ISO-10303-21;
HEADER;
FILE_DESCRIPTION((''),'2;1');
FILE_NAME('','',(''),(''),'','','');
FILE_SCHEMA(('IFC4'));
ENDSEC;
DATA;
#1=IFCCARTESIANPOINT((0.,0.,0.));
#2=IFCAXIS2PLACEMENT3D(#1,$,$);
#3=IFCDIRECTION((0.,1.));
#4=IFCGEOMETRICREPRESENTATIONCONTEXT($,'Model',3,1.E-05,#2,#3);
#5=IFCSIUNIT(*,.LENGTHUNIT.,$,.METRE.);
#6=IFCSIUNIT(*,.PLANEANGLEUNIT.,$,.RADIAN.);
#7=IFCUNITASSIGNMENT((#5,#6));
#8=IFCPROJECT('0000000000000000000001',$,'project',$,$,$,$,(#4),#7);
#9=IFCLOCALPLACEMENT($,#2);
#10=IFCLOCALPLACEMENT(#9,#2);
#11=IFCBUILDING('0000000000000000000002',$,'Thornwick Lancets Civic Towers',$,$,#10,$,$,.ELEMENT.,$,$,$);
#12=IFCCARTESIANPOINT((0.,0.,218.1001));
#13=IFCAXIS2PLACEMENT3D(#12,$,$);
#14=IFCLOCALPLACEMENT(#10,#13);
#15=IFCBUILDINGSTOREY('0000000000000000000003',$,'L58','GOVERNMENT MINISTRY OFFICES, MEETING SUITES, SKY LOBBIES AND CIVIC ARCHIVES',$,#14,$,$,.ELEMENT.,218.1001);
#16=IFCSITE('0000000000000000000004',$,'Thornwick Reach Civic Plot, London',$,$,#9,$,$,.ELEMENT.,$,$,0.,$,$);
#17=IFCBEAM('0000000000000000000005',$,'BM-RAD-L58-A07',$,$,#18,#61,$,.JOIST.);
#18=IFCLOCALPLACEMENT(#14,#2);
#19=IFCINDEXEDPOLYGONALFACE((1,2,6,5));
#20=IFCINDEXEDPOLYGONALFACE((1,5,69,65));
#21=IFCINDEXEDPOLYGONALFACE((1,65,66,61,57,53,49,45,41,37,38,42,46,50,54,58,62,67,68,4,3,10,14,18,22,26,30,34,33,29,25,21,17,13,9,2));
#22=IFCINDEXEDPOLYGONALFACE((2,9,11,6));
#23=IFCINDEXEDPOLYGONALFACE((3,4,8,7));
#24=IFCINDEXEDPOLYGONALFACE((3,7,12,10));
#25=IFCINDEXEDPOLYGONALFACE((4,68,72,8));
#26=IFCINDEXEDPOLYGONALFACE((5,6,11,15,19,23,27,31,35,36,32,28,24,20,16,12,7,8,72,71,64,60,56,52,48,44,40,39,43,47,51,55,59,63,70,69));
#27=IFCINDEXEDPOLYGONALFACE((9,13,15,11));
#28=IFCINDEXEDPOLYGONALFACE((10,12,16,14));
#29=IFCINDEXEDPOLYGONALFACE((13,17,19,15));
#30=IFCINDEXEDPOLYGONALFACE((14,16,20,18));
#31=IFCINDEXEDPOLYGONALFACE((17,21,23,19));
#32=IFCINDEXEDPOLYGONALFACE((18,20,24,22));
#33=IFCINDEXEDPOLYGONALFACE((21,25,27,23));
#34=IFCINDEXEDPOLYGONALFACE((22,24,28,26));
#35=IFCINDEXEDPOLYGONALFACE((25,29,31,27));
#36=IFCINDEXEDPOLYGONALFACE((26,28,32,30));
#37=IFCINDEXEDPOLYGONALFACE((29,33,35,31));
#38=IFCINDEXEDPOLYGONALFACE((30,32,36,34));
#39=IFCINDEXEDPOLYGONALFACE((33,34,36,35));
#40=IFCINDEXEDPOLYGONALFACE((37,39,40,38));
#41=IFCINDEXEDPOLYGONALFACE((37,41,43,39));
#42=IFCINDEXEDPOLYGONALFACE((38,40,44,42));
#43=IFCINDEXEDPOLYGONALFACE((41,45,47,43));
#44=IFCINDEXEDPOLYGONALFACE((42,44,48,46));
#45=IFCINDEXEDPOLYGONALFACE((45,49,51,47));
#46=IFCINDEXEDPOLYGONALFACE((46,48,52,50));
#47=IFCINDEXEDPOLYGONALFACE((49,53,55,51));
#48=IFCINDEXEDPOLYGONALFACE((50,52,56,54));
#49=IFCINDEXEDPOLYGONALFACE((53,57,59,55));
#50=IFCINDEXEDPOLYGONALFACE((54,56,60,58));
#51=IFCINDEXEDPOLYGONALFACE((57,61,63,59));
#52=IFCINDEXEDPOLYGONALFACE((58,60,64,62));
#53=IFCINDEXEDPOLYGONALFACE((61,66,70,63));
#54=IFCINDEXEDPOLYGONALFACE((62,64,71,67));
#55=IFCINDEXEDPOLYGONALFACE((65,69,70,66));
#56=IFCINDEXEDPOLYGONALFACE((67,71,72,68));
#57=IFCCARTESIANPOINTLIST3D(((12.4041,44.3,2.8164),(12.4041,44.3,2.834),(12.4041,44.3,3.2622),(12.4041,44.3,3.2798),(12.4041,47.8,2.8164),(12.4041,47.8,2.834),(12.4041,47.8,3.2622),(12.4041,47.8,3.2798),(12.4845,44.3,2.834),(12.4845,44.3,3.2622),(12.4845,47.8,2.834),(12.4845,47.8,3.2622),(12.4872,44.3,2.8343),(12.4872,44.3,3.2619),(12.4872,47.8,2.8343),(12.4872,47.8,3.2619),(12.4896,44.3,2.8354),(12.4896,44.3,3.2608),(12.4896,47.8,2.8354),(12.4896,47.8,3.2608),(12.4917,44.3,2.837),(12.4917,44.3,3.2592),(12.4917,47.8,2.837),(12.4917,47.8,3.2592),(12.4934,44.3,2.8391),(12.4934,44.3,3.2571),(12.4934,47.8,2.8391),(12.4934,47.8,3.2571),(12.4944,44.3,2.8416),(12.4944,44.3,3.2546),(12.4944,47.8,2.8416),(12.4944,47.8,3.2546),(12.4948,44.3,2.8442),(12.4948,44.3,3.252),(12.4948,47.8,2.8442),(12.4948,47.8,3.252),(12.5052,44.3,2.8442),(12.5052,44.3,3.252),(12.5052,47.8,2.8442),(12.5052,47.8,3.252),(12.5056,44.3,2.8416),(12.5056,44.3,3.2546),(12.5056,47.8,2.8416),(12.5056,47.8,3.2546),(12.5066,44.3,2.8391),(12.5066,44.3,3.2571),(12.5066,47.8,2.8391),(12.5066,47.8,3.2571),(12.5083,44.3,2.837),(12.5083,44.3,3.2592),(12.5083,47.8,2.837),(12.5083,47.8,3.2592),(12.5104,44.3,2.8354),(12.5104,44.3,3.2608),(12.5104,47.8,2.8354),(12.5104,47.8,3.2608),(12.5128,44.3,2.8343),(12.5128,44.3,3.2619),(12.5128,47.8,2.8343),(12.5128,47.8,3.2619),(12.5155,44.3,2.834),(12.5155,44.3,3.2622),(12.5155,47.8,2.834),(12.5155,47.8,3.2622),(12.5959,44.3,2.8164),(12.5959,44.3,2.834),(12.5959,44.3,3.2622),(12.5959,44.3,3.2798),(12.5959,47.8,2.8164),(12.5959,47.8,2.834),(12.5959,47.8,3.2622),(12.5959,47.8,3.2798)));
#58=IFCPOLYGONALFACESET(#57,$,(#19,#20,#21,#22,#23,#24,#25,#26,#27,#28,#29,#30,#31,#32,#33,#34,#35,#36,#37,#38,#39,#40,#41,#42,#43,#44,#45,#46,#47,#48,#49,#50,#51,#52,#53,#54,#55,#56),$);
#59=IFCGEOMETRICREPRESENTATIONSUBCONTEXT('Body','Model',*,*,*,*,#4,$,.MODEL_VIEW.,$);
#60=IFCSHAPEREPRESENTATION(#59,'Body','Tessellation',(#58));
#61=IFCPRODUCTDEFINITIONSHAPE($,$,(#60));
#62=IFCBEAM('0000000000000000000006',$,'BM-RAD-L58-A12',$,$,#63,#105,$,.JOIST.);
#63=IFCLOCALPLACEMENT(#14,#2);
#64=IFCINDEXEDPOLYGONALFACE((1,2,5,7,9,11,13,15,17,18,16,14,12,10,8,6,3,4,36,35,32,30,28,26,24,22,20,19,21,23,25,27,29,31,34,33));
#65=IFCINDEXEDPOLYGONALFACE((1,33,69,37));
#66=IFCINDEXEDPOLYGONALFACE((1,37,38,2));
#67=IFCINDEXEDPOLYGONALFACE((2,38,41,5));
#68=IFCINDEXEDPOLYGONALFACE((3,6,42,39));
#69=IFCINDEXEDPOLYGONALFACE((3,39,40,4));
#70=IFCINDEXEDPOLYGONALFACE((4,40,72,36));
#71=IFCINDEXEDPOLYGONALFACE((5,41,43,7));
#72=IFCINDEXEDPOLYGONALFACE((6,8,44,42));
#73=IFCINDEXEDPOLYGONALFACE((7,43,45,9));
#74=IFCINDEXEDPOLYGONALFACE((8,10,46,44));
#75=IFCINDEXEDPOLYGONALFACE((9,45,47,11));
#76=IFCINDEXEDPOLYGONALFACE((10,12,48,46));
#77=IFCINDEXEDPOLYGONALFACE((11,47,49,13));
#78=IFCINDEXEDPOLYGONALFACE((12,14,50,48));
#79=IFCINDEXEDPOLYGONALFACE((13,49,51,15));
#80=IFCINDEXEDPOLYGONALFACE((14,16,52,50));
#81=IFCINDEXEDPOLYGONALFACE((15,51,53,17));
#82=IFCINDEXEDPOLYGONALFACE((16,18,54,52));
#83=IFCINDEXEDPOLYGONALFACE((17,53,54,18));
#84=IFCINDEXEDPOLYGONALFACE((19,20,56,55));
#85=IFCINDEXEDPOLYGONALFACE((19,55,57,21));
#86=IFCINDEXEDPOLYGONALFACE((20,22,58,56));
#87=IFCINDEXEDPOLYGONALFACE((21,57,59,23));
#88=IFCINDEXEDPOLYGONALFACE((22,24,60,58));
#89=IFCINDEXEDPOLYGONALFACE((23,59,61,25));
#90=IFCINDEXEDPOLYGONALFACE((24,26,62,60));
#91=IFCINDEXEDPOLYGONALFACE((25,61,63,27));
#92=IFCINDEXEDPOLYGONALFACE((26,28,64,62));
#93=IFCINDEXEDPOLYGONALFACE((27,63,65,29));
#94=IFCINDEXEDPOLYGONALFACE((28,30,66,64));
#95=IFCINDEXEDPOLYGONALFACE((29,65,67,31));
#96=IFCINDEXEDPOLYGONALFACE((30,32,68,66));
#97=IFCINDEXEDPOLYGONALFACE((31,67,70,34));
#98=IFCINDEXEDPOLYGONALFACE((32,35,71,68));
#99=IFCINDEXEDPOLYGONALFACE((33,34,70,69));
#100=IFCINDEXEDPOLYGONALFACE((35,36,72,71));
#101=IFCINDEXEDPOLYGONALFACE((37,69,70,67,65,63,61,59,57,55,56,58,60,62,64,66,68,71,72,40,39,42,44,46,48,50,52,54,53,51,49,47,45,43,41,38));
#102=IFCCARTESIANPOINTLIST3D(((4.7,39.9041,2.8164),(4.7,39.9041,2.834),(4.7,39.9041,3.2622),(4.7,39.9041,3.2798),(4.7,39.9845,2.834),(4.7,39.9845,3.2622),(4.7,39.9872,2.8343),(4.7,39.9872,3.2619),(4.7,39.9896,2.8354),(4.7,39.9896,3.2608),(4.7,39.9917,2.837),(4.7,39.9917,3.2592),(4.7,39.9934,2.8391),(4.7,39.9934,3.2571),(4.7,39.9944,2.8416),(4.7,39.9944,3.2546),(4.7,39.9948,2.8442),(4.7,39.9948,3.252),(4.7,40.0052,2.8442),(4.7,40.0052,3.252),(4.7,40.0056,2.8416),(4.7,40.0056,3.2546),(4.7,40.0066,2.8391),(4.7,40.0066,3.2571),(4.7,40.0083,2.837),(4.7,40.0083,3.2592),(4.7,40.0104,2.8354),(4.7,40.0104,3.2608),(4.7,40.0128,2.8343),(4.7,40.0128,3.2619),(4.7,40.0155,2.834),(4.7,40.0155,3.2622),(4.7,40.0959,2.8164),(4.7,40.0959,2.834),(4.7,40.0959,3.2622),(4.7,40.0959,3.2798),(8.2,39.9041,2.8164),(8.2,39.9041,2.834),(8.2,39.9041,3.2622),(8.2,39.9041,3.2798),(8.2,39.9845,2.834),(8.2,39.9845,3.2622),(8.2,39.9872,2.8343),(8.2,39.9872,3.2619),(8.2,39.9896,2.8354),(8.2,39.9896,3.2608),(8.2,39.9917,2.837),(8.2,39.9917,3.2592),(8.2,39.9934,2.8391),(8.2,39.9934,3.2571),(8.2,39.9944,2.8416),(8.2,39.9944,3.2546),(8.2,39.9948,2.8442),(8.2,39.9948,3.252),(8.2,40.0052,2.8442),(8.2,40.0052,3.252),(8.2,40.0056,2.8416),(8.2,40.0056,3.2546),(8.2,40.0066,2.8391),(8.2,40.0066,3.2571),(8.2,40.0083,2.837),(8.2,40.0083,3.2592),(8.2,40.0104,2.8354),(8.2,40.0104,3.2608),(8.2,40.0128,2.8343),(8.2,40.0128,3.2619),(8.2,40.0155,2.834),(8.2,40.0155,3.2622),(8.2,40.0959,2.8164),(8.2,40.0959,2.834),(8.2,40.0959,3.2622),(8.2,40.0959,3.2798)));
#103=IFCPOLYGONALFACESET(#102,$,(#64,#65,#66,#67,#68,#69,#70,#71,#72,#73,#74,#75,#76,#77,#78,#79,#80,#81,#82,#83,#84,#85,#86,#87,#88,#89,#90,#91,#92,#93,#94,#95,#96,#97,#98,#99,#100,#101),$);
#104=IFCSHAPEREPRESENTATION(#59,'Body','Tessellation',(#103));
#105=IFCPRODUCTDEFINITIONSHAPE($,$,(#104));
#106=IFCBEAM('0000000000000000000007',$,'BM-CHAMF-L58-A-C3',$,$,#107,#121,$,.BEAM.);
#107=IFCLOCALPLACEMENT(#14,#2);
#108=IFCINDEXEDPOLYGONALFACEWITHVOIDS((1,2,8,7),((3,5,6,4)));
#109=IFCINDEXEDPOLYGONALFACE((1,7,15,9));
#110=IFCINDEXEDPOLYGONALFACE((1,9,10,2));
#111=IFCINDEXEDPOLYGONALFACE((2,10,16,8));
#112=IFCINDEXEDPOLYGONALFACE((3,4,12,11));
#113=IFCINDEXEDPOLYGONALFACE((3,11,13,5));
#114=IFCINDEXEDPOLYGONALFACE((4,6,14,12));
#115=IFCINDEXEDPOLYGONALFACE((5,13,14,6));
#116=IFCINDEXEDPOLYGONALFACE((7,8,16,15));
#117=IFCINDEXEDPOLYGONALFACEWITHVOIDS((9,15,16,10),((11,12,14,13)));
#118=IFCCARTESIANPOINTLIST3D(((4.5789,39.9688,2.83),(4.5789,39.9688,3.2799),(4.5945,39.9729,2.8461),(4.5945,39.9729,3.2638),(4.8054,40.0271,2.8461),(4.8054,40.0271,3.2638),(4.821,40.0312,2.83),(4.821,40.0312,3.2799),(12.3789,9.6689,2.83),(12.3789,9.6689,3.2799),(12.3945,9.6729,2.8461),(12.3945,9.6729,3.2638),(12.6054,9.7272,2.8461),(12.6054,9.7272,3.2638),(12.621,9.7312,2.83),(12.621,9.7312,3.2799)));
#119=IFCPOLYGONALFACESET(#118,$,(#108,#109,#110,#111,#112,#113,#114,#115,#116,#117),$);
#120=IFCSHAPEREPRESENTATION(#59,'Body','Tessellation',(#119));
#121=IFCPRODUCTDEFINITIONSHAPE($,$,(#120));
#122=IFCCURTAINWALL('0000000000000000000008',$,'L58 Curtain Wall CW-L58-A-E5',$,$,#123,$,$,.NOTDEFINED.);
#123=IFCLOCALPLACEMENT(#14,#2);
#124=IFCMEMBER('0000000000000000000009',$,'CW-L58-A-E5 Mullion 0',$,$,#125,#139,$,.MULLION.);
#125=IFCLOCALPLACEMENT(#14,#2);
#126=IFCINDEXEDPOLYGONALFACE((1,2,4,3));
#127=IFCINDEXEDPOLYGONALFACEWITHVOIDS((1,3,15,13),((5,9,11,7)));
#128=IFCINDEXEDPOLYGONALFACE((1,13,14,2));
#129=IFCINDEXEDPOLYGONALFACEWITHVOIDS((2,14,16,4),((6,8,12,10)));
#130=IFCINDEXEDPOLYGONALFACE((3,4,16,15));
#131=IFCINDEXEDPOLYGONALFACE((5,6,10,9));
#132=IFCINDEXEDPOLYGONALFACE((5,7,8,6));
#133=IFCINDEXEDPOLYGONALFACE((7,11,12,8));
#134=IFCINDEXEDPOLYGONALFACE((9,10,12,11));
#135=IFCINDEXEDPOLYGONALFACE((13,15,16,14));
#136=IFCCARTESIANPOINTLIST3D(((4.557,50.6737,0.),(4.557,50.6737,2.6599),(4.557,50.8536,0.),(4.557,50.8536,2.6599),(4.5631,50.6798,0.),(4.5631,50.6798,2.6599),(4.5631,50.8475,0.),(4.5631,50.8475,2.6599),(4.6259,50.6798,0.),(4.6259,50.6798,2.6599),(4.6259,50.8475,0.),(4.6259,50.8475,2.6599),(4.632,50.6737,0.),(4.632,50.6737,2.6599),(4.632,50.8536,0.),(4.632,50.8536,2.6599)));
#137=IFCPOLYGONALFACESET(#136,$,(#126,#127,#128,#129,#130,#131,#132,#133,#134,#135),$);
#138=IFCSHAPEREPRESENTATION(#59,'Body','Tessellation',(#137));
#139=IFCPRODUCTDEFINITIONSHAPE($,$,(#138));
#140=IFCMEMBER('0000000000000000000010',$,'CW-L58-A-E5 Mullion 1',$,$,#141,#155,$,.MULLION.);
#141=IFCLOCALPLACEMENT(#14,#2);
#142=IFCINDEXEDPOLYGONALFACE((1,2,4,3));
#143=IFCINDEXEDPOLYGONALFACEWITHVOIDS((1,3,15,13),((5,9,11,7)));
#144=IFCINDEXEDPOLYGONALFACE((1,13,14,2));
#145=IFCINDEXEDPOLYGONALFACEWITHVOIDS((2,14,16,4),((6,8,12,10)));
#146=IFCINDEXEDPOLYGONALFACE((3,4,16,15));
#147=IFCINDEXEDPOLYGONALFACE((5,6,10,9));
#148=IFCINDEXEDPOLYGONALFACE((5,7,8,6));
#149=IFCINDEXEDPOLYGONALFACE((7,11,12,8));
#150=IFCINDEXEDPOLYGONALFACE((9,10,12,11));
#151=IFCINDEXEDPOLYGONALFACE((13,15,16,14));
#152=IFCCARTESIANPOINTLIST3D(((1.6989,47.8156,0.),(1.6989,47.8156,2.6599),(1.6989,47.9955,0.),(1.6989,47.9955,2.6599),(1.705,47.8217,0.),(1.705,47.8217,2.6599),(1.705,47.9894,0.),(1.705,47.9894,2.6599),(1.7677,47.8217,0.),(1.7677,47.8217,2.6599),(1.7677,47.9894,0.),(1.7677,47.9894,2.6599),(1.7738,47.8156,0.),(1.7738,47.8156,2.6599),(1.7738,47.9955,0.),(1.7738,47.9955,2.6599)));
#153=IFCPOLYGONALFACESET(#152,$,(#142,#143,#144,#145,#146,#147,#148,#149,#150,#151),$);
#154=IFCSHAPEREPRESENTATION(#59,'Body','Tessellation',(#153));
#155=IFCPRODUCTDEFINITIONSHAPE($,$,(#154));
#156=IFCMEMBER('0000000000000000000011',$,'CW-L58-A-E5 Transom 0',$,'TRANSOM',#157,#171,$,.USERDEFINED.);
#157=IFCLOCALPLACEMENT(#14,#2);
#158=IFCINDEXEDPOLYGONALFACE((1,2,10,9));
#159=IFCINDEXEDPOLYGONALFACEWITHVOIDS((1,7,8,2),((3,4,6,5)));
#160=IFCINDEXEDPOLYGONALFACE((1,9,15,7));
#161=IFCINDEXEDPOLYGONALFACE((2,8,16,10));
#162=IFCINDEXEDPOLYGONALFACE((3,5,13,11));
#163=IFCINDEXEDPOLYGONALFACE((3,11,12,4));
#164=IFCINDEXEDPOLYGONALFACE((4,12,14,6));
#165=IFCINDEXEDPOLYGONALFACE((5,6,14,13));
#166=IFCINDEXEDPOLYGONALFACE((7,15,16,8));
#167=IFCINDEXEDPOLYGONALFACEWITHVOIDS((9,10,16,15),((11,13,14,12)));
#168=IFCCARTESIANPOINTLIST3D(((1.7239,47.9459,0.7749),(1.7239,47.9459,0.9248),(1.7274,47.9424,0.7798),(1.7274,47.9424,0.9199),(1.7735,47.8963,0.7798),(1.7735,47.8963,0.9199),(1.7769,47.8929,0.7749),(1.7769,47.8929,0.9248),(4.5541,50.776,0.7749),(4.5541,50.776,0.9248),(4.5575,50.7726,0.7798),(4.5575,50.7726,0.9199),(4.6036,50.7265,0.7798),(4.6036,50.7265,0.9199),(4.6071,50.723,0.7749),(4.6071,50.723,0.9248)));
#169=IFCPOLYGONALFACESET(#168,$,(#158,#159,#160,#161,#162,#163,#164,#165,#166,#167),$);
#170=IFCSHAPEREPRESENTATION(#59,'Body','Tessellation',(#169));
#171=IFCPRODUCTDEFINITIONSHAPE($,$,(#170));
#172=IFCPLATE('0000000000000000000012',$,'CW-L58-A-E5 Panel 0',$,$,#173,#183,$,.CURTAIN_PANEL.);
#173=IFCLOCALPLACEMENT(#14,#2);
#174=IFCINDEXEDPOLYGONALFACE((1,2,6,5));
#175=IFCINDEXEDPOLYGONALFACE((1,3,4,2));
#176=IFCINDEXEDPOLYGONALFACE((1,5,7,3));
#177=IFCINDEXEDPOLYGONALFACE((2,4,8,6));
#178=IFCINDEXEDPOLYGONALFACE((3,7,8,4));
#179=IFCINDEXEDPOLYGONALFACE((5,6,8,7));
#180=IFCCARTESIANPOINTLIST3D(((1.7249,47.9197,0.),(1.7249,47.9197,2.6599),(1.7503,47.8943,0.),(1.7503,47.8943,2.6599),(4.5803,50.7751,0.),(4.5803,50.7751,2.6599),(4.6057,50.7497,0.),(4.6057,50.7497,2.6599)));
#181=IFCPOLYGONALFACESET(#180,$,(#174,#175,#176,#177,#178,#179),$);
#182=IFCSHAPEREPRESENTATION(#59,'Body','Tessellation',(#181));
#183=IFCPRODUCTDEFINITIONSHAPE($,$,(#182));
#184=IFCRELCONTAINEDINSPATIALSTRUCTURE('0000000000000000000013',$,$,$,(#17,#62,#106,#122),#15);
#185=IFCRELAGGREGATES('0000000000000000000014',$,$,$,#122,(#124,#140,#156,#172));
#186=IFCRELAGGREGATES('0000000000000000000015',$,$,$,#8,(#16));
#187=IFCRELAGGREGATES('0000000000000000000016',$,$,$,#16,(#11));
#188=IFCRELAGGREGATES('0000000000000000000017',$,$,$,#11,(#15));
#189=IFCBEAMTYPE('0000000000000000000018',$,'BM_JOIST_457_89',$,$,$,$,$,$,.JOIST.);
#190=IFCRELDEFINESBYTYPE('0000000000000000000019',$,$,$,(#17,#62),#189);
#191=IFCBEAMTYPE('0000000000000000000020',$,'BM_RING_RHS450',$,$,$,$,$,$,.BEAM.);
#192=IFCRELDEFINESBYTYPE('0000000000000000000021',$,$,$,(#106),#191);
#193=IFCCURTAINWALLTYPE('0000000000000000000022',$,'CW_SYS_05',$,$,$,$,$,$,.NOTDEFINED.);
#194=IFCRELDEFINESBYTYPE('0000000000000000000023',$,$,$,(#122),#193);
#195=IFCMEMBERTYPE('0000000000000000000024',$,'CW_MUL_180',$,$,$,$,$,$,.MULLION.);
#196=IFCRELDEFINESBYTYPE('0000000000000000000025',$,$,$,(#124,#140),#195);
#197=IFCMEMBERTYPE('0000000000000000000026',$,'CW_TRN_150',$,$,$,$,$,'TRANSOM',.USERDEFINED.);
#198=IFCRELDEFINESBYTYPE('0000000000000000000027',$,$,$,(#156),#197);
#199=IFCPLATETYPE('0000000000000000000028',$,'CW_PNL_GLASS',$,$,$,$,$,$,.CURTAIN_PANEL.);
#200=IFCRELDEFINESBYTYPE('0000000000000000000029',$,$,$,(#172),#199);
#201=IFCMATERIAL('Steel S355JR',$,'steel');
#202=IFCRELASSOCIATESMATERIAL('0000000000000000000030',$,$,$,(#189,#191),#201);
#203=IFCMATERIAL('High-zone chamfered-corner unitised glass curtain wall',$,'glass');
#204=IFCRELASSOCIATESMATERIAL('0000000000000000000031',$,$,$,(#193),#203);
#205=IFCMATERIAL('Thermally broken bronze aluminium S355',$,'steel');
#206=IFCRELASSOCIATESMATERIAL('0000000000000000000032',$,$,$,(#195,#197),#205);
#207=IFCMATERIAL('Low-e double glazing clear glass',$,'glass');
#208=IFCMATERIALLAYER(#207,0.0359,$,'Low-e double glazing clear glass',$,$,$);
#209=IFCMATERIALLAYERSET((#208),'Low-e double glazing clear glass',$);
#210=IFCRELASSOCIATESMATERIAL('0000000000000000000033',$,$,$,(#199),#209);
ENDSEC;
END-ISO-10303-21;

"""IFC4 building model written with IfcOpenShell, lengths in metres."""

from ifc_helpers import new_model, si_unit, direction, frame, origin, origin_2d, place, context, subcontext, project, spatial, rectangle, hollow_rectangle, i_section, extrude, material, layer, layer_set, material_profile, profile_set, type_object, element, aggregate, save


model = new_model("IFC4")

# Units and contexts
model_context = context("Model", 3, precision=1e-05, world=origin(), true_north=direction((0.0, 1.0)))
body_context = subcontext(model_context, "Body", "Model", "MODEL_VIEW")
ifc_project = project(units=[si_unit("LENGTHUNIT", "METRE"), si_unit("PLANEANGLEUNIT", "RADIAN")], contexts=[model_context])

# Site, building, storey
site_placement = place(None, origin())
site = spatial("IfcSite", under=ifc_project, at=site_placement, Name="Thornwick Reach Civic Plot, London", CompositionType="ELEMENT", RefElevation=0.0)
building_placement = place(site_placement, origin())
building = spatial("IfcBuilding", under=site, at=building_placement, Name="Thornwick Lancets Civic Towers", CompositionType="ELEMENT")
storey_placement = place(building_placement, frame((0.0, 0.0, 218.1001)))
storey = spatial("IfcBuildingStorey", under=building, at=storey_placement, Name="L58", Description="GOVERNMENT MINISTRY OFFICES, MEETING SUITES, SKY LOBBIES AND CIVIC ARCHIVES", CompositionType="ELEMENT", Elevation=218.1001)

# Shared definitions
ifc_material_1 = material(Name="Steel S355JR", Category="steel")

# Beams
ifc_material_profile_1 = material_profile(ifc_material_1, i_section(OverallWidth=0.1919, OverallDepth=0.4634, WebThickness=0.0105, FlangeThickness=0.0176, FilletRadius=0.0103, at=origin_2d()), Name="UKB 457x191x89")
ifc_profile_set_1 = profile_set([ifc_material_profile_1], Name="Steel S355JR")
beam_type_1 = type_object("IfcBeamType", Name="BM_JOIST_457_89", PredefinedType="JOIST", material=ifc_profile_set_1)
for number, where, z_axis, x_axis, name in (
    (1, (12.5, 44.3, 3.0481), (0.0, 1.0, 0.0), (-1.0, 0.0, 0.0), "BM-RAD-L58-A07"),
    (2, (8.2, 40.0, 3.0481), (-1.0, 0.0, 0.0), (0.0, -1.0, 0.0), "BM-RAD-L58-A12"),
):
    element("IfcBeam", number, at=place(storey_placement, frame(where, z_axis=z_axis, x_axis=x_axis)), inside=storey, type_object=beam_type_1, Name=name, PredefinedType="JOIST", context=body_context, shape_type="SweptSolid", body=[
        extrude(i_section(OverallWidth=0.1919, OverallDepth=0.4634, WebThickness=0.0105, FlangeThickness=0.0176, FilletRadius=0.0103, at=origin_2d()), origin(), (0.0, 0.0, 1.0), 3.5),
    ])
ifc_material_profile_2 = material_profile(ifc_material_1, hollow_rectangle(XDim=0.25, YDim=0.45, WallThickness=0.0161, at=origin_2d()), Name="RHS 450x250x16")
ifc_profile_set_2 = profile_set([ifc_material_profile_2], Name="Steel S355JR")
beam_type_2 = type_object("IfcBeamType", Name="BM_RING_RHS450", PredefinedType="BEAM", material=ifc_profile_set_2)
beam_1_placement = place(storey_placement, frame((4.7, 40.0, 3.0549), z_axis=(0.249299, -0.968427, 0.0), x_axis=(0.968427, 0.249299, 0.0)))
element("IfcBeam", 3, at=beam_1_placement, inside=storey, type_object=beam_type_2, Name="BM-CHAMF-L58-A-C3", PredefinedType="BEAM", context=body_context, shape_type="SweptSolid", body=[
    extrude(hollow_rectangle(XDim=0.25, YDim=0.45, WallThickness=0.0161, at=origin_2d()), origin(), (0.0, 0.0, 1.0), 31.2878),
])

# Curtain wall, members, plate
ifc_material_2 = material(Name="High-zone chamfered-corner unitised glass curtain wall", Category="glass")
curtain_wall_type = type_object("IfcCurtainWallType", Name="CW_SYS_05", PredefinedType="NOTDEFINED", material=ifc_material_2)
curtain_wall_placement = place(storey_placement, origin())
curtain_wall = element("IfcCurtainWall", 4, at=curtain_wall_placement, inside=storey, type_object=curtain_wall_type, Name="L58 Curtain Wall CW-L58-A-E5", PredefinedType="NOTDEFINED")
ifc_material_3 = material(Name="Thermally broken bronze aluminium S355", Category="steel")
ifc_material_profile_3 = material_profile(ifc_material_3, hollow_rectangle(XDim=0.075, YDim=0.1799, WallThickness=0.0061, at=origin_2d()), Name="RHS 180x75x6")
ifc_profile_set_3 = profile_set([ifc_material_profile_3], Name="Thermally broken bronze aluminium S355")
member_type_1 = type_object("IfcMemberType", Name="CW_MUL_180", PredefinedType="MULLION", material=ifc_profile_set_3)
member_1_placement = place(storey_placement, frame((4.5945, 50.7637, 0.0), z_axis=(0.0, 0.0, 1.0), x_axis=(1.0, 0.0, 0.0)))
member_1 = element("IfcMember", 5, at=member_1_placement, type_object=member_type_1, Name="CW-L58-A-E5 Mullion 0", PredefinedType="MULLION", context=body_context, shape_type="SweptSolid", body=[
    extrude(hollow_rectangle(XDim=0.075, YDim=0.1799, WallThickness=0.0061, at=origin_2d()), origin(), (0.0, 0.0, 1.0), 2.6599),
])
member_2_placement = place(storey_placement, frame((1.7363, 47.9055, 0.0), z_axis=(0.0, 0.0, 1.0), x_axis=(1.0, 0.0, 0.0)))
member_2 = element("IfcMember", 6, at=member_2_placement, type_object=member_type_1, Name="CW-L58-A-E5 Mullion 1", PredefinedType="MULLION", context=body_context, shape_type="SweptSolid", body=[
    extrude(hollow_rectangle(XDim=0.075, YDim=0.1799, WallThickness=0.0061, at=origin_2d()), origin(), (0.0, 0.0, 1.0), 2.6599),
])
ifc_material_profile_4 = material_profile(ifc_material_3, hollow_rectangle(XDim=0.075, YDim=0.1499, WallThickness=0.0049, at=origin_2d()), Name="RHS 150x75x5")
ifc_profile_set_4 = profile_set([ifc_material_profile_4], Name="Thermally broken bronze aluminium S355")
member_type_2 = type_object("IfcMemberType", Name="CW_TRN_150", ElementType="TRANSOM", PredefinedType="USERDEFINED", material=ifc_profile_set_4)
member_3_placement = place(storey_placement, frame((4.5806, 50.7495, 0.8499), z_axis=(-0.707107, -0.707107, 0.0), x_axis=(0.707107, -0.707107, 0.0)))
member_3 = element("IfcMember", 7, at=member_3_placement, type_object=member_type_2, Name="CW-L58-A-E5 Transom 0", ObjectType="TRANSOM", PredefinedType="USERDEFINED", context=body_context, shape_type="SweptSolid", body=[
    extrude(hollow_rectangle(XDim=0.075, YDim=0.1499, WallThickness=0.0049, at=origin_2d()), origin(), (0.0, 0.0, 1.0), 4.0024),
])
ifc_material_4 = material(Name="Low-e double glazing clear glass", Category="glass")
ifc_layer_1 = layer(ifc_material_4, 0.0359, Name="Low-e double glazing clear glass")
ifc_layer_set_1 = layer_set([ifc_layer_1], Name="Low-e double glazing clear glass")
plate_type = type_object("IfcPlateType", Name="CW_PNL_GLASS", PredefinedType="CURTAIN_PANEL", material=ifc_layer_set_1)
plate_placement = place(storey_placement, frame((3.1653, 49.3347, 0.0), z_axis=(0.0, 0.0, 1.0), x_axis=(-0.707107, -0.707107, 0.0)))
plate = element("IfcPlate", 8, at=plate_placement, type_object=plate_type, Name="CW-L58-A-E5 Panel 0", PredefinedType="CURTAIN_PANEL", context=body_context, shape_type="SweptSolid", body=[
    extrude(rectangle(XDim=4.0381, YDim=0.0359, at=origin_2d()), origin(), (0.0, 0.0, 1.0), 2.6599),
])
aggregate(curtain_wall, [member_1, member_2, member_3, plate])

save(model, "model.ifc")
